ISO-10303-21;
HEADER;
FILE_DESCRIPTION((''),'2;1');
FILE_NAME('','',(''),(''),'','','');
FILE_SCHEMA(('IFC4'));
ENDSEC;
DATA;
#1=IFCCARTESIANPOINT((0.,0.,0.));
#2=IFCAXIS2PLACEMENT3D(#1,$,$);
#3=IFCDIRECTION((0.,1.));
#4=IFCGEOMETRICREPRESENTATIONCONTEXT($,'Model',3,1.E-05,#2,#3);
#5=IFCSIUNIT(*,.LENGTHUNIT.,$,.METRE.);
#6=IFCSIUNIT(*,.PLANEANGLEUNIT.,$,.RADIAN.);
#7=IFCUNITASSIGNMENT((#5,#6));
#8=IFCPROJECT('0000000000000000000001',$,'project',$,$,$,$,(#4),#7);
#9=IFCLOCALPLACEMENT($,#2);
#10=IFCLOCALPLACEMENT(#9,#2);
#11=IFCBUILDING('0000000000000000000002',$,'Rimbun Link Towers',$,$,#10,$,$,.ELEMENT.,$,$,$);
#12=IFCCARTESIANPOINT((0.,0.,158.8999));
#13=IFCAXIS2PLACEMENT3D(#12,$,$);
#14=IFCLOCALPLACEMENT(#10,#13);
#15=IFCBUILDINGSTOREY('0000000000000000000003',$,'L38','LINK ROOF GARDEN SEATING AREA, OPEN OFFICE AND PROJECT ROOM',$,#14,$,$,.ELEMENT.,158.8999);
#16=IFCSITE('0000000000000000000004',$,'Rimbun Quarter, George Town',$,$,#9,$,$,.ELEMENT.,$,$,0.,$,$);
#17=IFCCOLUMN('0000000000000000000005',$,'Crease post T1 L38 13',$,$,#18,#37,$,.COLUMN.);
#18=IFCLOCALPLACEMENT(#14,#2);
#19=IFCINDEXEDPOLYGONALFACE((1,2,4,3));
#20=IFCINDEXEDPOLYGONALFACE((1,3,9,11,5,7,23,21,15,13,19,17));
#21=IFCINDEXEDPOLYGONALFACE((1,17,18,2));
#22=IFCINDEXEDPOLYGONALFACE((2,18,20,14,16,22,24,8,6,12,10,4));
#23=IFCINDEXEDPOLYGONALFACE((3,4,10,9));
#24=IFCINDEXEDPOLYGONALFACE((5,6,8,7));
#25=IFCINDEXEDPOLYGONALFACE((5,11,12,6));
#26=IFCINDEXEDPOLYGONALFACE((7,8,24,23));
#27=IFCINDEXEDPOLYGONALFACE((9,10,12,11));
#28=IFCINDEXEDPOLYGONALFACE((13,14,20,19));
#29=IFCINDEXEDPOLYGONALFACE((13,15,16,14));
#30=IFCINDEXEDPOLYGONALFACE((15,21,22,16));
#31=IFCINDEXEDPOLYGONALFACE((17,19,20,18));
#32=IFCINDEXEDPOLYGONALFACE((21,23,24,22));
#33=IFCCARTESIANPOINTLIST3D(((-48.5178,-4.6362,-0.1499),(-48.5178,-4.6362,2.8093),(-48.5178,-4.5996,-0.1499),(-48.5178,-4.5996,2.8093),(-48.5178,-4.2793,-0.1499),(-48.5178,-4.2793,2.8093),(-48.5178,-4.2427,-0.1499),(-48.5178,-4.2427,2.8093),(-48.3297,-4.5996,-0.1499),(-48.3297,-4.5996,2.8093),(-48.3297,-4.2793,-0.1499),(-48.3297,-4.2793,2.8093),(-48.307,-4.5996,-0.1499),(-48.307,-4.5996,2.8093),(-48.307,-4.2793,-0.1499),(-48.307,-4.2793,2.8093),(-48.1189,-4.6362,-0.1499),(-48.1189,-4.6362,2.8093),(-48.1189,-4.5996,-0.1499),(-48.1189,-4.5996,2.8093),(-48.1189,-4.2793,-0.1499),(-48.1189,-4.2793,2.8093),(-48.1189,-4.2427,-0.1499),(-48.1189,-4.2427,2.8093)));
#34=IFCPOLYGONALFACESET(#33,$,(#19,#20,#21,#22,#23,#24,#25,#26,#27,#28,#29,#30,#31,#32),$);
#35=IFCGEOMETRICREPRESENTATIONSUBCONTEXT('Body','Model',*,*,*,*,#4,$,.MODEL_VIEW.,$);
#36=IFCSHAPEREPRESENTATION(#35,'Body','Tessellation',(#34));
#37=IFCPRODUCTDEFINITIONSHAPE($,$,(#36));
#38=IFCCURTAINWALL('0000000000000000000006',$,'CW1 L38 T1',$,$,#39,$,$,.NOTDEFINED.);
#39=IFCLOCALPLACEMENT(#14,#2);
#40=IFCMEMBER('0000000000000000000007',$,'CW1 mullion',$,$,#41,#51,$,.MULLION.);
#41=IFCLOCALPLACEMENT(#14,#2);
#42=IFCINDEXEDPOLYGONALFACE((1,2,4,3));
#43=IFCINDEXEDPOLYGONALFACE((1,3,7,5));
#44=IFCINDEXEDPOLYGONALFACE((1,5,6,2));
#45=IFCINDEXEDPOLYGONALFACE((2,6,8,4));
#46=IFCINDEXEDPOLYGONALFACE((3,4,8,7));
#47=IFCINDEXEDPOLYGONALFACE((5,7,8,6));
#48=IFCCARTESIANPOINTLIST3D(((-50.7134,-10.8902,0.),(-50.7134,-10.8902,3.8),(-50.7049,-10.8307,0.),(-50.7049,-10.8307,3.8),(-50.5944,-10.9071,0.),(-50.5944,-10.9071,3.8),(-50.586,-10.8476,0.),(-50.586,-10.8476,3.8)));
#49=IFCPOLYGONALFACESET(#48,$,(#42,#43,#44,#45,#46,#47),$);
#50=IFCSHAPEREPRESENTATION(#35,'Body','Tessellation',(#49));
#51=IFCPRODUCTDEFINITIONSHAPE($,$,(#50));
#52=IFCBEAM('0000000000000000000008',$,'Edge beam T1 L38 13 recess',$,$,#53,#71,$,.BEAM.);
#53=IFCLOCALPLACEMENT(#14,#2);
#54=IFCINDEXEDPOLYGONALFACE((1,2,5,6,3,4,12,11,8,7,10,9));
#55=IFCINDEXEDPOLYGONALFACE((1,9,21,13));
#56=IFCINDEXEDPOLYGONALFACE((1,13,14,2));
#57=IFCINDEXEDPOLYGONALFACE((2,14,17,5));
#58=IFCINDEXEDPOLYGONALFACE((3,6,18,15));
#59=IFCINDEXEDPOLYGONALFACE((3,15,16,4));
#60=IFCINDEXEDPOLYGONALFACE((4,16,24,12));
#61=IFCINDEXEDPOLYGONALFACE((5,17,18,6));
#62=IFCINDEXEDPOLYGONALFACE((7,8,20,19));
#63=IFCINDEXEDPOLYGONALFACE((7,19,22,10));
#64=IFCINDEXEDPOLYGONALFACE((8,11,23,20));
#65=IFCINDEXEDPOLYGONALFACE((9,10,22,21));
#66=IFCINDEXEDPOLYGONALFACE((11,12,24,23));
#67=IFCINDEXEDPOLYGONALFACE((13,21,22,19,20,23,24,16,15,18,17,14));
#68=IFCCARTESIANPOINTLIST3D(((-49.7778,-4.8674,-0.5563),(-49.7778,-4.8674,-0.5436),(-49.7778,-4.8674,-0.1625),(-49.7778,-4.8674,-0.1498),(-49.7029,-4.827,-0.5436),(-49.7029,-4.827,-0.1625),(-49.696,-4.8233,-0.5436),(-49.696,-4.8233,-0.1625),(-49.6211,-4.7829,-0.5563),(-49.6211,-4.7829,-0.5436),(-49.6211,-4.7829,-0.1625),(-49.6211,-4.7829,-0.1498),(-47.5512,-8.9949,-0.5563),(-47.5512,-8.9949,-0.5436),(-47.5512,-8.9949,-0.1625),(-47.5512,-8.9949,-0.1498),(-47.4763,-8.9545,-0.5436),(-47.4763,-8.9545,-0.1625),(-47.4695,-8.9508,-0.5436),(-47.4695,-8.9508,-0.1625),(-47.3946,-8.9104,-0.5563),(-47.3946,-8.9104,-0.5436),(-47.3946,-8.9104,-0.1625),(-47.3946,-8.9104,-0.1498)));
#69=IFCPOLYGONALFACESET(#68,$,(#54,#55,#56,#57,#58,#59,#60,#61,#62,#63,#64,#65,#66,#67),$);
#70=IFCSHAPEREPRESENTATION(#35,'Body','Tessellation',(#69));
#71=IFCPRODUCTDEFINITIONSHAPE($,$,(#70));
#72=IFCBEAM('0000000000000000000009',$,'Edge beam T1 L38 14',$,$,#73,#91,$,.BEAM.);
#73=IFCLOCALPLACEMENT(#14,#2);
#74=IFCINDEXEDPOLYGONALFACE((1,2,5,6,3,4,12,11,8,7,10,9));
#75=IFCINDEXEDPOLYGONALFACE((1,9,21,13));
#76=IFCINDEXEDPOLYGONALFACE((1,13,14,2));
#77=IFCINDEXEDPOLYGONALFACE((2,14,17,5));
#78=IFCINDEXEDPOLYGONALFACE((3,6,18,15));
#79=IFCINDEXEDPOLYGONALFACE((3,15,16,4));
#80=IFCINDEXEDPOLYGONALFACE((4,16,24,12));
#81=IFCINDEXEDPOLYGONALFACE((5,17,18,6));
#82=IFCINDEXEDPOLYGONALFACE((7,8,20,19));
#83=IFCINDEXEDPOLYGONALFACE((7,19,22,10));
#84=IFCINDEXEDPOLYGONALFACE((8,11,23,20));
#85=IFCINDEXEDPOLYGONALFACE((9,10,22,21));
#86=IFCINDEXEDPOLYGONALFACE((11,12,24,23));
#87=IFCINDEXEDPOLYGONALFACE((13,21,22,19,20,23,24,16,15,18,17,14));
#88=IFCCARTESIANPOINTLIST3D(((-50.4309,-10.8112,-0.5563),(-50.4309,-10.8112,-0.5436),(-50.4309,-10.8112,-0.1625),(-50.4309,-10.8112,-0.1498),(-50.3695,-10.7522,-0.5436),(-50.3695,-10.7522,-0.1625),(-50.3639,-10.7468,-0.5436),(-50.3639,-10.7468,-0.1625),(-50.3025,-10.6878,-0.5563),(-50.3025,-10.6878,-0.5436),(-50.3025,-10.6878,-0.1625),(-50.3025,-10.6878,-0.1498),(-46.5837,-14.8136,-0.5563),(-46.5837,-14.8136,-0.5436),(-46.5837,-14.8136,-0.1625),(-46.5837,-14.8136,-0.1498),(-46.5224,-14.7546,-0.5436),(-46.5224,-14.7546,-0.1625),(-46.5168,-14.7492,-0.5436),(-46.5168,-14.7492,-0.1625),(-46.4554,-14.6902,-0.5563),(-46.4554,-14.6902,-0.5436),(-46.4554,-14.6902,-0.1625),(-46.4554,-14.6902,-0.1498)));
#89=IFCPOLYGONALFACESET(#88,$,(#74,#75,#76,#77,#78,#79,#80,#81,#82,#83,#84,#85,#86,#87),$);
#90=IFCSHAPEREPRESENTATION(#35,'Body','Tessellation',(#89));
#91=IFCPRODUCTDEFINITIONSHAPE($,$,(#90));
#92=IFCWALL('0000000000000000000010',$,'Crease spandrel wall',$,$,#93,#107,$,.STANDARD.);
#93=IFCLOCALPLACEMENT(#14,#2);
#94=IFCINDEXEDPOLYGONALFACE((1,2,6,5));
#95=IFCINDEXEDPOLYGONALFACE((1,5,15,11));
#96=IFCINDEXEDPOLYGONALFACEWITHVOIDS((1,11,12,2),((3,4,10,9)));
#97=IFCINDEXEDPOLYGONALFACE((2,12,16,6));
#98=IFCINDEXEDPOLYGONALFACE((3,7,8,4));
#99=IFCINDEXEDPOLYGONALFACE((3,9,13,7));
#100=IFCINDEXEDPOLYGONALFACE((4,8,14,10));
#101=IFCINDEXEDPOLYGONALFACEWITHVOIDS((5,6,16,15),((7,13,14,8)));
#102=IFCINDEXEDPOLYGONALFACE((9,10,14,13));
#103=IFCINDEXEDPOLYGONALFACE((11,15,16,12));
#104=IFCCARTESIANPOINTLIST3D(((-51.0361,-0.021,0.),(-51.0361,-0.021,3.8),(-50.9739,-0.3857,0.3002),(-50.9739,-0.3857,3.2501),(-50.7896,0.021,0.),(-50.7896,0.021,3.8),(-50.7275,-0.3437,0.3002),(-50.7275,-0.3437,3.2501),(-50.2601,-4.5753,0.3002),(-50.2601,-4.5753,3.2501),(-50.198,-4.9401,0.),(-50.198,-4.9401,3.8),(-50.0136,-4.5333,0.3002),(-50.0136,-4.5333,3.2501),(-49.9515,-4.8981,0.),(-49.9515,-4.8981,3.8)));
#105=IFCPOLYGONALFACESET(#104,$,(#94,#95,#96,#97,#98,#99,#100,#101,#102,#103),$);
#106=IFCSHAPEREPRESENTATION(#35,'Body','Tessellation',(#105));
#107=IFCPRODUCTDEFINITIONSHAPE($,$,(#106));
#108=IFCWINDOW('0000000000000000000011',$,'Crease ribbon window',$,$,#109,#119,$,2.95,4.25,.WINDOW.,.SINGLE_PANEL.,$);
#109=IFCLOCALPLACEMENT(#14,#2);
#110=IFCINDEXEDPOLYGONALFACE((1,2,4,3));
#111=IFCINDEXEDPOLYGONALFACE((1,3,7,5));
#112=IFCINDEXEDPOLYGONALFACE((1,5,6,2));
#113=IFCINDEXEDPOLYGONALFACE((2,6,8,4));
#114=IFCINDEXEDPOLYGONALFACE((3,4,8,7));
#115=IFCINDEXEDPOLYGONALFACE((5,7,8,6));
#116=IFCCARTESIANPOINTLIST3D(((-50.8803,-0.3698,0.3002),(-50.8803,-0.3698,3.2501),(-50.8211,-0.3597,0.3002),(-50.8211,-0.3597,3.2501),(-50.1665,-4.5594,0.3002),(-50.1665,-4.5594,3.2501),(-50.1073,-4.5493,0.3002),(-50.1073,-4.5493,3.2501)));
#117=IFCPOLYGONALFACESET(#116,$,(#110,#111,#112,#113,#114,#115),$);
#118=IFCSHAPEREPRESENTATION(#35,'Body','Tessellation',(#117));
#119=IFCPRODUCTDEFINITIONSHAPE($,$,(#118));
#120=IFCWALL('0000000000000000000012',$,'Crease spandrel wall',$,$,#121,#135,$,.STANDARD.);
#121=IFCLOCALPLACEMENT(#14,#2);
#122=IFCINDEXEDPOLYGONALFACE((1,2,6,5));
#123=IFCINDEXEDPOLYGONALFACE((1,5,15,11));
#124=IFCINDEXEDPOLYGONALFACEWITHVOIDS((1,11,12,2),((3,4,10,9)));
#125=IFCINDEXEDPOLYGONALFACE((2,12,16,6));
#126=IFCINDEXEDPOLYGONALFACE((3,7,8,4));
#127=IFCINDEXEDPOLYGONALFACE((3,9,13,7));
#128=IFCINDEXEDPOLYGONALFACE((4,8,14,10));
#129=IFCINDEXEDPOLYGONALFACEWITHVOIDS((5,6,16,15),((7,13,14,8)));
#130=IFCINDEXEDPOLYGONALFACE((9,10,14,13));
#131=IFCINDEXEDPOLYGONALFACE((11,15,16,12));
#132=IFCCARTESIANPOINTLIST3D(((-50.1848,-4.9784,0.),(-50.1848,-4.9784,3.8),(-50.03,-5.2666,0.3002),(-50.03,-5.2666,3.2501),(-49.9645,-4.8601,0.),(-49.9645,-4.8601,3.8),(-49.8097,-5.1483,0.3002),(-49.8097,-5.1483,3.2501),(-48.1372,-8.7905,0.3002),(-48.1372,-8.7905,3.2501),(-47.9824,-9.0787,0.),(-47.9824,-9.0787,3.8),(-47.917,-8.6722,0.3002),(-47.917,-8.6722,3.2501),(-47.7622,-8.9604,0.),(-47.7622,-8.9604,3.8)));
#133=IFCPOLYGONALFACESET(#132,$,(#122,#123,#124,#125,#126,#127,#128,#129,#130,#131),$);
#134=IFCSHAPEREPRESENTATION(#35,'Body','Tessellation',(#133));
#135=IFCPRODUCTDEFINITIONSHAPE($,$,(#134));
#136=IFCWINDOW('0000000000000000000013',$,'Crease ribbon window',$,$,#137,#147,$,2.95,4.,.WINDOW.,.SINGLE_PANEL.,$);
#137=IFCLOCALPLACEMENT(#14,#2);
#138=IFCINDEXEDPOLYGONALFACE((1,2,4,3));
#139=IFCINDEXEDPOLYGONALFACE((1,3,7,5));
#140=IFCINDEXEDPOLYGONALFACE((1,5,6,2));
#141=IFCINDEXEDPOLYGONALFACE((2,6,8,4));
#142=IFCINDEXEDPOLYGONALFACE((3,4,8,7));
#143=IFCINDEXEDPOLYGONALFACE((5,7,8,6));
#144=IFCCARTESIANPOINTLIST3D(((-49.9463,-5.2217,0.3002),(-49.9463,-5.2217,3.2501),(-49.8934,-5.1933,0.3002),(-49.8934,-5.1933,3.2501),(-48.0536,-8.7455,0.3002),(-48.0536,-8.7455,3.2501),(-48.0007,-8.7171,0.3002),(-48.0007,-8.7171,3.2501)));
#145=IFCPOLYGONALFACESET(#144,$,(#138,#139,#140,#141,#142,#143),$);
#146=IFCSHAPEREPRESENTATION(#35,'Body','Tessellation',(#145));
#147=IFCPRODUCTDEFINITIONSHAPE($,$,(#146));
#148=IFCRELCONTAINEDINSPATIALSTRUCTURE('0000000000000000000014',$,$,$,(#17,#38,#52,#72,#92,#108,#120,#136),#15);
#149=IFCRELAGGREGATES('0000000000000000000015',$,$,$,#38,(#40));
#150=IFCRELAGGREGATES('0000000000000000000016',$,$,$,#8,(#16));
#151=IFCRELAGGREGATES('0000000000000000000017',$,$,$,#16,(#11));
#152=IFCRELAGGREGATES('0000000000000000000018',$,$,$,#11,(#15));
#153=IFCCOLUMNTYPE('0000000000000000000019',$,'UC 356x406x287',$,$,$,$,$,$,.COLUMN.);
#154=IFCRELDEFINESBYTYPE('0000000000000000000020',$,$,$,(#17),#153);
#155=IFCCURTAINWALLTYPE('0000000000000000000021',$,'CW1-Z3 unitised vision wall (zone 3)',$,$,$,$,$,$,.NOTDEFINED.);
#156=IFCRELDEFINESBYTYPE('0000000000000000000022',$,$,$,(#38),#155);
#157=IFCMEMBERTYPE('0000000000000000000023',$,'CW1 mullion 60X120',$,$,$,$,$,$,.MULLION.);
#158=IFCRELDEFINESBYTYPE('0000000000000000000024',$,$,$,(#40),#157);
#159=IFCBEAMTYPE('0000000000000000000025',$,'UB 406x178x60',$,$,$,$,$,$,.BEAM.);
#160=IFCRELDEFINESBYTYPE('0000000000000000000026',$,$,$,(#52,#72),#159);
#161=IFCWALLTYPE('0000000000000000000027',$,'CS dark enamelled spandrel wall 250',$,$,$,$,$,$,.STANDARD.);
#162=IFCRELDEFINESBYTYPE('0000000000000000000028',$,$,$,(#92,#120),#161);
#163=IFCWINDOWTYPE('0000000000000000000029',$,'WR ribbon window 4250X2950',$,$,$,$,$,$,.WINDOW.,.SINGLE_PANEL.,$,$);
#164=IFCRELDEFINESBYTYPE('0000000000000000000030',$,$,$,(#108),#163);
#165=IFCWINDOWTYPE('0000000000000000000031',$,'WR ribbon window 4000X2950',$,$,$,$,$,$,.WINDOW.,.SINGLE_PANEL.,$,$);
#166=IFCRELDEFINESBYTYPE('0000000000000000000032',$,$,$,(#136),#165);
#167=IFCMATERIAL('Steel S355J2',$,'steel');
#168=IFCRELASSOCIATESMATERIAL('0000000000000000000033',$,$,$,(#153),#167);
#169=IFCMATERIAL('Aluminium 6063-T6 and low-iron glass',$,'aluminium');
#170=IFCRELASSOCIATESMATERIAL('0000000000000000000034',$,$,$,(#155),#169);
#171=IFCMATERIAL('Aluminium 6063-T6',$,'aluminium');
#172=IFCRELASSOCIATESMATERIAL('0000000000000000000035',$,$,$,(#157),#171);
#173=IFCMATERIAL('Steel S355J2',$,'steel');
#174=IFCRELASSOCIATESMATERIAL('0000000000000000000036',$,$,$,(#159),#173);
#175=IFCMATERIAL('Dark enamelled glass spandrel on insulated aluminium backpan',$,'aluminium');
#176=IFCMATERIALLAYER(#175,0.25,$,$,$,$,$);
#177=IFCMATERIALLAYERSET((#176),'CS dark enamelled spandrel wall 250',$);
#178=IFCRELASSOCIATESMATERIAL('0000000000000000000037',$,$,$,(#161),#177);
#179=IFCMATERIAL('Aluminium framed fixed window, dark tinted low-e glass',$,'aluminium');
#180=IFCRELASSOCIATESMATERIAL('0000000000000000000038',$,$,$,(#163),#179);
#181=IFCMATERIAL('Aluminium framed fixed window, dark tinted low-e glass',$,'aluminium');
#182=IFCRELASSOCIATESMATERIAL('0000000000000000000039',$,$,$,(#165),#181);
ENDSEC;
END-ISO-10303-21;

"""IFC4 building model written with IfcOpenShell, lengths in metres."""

from ifc_helpers import new_model, si_unit, direction, frame, frame_2d, origin, origin_2d, place, context, subcontext, project, spatial, rectangle, i_section, extrude, material, layer, layer_set, material_profile, profile_set, type_object, element, fill, aggregate, save


model = new_model("IFC4")

# Units and contexts
model_context = context("Model", 3, precision=1e-05, world=origin(), true_north=direction((0.0, 1.0)))
body_context = subcontext(model_context, "Body", "Model", "MODEL_VIEW")
ifc_project = project(units=[si_unit("LENGTHUNIT", "METRE"), si_unit("PLANEANGLEUNIT", "RADIAN")], contexts=[model_context])

# Site, building, storey
site_placement = place(None, origin())
site = spatial("IfcSite", under=ifc_project, at=site_placement, Name="Rimbun Quarter, George Town", CompositionType="ELEMENT", RefElevation=0.0)
building_placement = place(site_placement, origin())
building = spatial("IfcBuilding", under=site, at=building_placement, Name="Rimbun Link Towers", CompositionType="ELEMENT")
storey_placement = place(building_placement, frame((0.0, 0.0, 158.8999)))
storey = spatial("IfcBuildingStorey", under=building, at=storey_placement, Name="L38", Description="LINK ROOF GARDEN SEATING AREA, OPEN OFFICE AND PROJECT ROOM", CompositionType="ELEMENT", Elevation=158.8999)

# Column
ifc_material_1 = material(Name="Steel S355J2", Category="steel")
ifc_material_profile_1 = material_profile(ifc_material_1, i_section(OverallWidth=0.3989, OverallDepth=0.3936, WebThickness=0.0227, FlangeThickness=0.0366, at=origin_2d()), Name="UC 356x406x287")
ifc_profile_set_1 = profile_set([ifc_material_profile_1], Name="Steel S355J2")
column_type = type_object("IfcColumnType", Name="UC 356x406x287", PredefinedType="COLUMN", material=ifc_profile_set_1)
column_placement = place(storey_placement, frame((-48.3184, -4.4395, -0.1499), z_axis=(0.0, 0.0, 1.0), x_axis=(1.0, 0.0, 0.0)))
element("IfcColumn", 1, at=column_placement, inside=storey, type_object=column_type, Name="Crease post T1 L38 13", PredefinedType="COLUMN", context=body_context, shape_type="SweptSolid", body=[
    extrude(i_section(OverallWidth=0.3989, OverallDepth=0.3936, WebThickness=0.0227, FlangeThickness=0.0366, at=origin_2d()), origin(), (0.0, 0.0, 1.0), 2.9592),
])

# Curtain wall, member
ifc_material_2 = material(Name="Aluminium 6063-T6 and low-iron glass", Category="aluminium")
curtain_wall_type = type_object("IfcCurtainWallType", Name="CW1-Z3 unitised vision wall (zone 3)", PredefinedType="NOTDEFINED", material=ifc_material_2)
curtain_wall_placement = place(storey_placement, origin())
curtain_wall = element("IfcCurtainWall", 2, at=curtain_wall_placement, inside=storey, type_object=curtain_wall_type, Name="CW1 L38 T1", PredefinedType="NOTDEFINED")
ifc_material_3 = material(Name="Aluminium 6063-T6", Category="aluminium")
ifc_material_profile_2 = material_profile(ifc_material_3, rectangle(XDim=0.1201, YDim=0.0601, at=origin_2d()), Name="MULLION 60X120")
ifc_profile_set_2 = profile_set([ifc_material_profile_2], Name="Aluminium 6063-T6")
member_type = type_object("IfcMemberType", Name="CW1 mullion 60X120", PredefinedType="MULLION", material=ifc_profile_set_2)
member_placement = place(storey_placement, frame((-50.6497, -10.8689, 0.0), z_axis=(0.0, 0.0, 1.0), x_axis=(-0.990015, 0.140965, 0.0)))
member = element("IfcMember", 3, at=member_placement, type_object=member_type, Name="CW1 mullion", PredefinedType="MULLION", context=body_context, shape_type="SweptSolid", body=[
    extrude(rectangle(XDim=0.1201, YDim=0.0601, at=origin_2d()), origin(), (0.0, 0.0, 1.0), 3.8),
])
aggregate(curtain_wall, [member])

# Beams
ifc_material_4 = material(Name="Steel S355J2", Category="steel")
ifc_material_profile_3 = material_profile(ifc_material_4, i_section(OverallWidth=0.178, OverallDepth=0.4065, WebThickness=0.0078, FlangeThickness=0.0127, at=origin_2d()), Name="UB 406x178x60")
ifc_profile_set_3 = profile_set([ifc_material_profile_3], Name="Steel S355J2")
beam_type = type_object("IfcBeamType", Name="UB 406x178x60", PredefinedType="BEAM", material=ifc_profile_set_3)
beam_1_placement = place(storey_placement, frame((-49.6995, -4.8252, -0.353), z_axis=(0.474776, -0.880106, 0.0), x_axis=(0.880106, 0.474776, 0.0)))
element("IfcBeam", 4, at=beam_1_placement, inside=storey, type_object=beam_type, Name="Edge beam T1 L38 13 recess", PredefinedType="BEAM", context=body_context, shape_type="SweptSolid", body=[
    extrude(i_section(OverallWidth=0.178, OverallDepth=0.4065, WebThickness=0.0078, FlangeThickness=0.0127, at=origin_2d()), origin(), (0.0, 0.0, 1.0), 4.6897),
])
beam_2_placement = place(storey_placement, frame((-50.3667, -10.7495, -0.353), z_axis=(0.692984, -0.720953, 0.0), x_axis=(0.720953, 0.692984, 0.0)))
element("IfcBeam", 5, at=beam_2_placement, inside=storey, type_object=beam_type, Name="Edge beam T1 L38 14", PredefinedType="BEAM", context=body_context, shape_type="SweptSolid", body=[
    extrude(i_section(OverallWidth=0.178, OverallDepth=0.4065, WebThickness=0.0078, FlangeThickness=0.0127, at=origin_2d()), origin(), (0.0, 0.0, 1.0), 5.5515),
])

# Walls, openings, windows
ifc_material_5 = material(Name="Dark enamelled glass spandrel on insulated aluminium backpan", Category="aluminium")
ifc_layer_1 = layer(ifc_material_5, 0.25)
ifc_layer_set_1 = layer_set([ifc_layer_1], Name="CS dark enamelled spandrel wall 250")
wall_type_1 = type_object("IfcWallType", Name="CS dark enamelled spandrel wall 250", PredefinedType="STANDARD", material=ifc_layer_set_1)
wall_1_placement = place(storey_placement, frame((-50.0747, -4.9192, 0.0), z_axis=(0.0, 0.0, 1.0), x_axis=(-0.16796, 0.985794, 0.0)))
wall_1 = element("IfcWall", 6, at=wall_1_placement, inside=storey, type_object=wall_type_1, Name="Crease spandrel wall", PredefinedType="STANDARD", context=body_context, shape_type="SweptSolid", body=[
    extrude(rectangle(XDim=4.99, YDim=0.25, at=frame_2d((2.4951, 0.0))), origin(), (0.0, 0.0, 1.0), 3.8),
])
opening_1_placement = place(wall_1_placement, frame((0.3701, 0.0, 0.3)))
opening_1 = element("IfcOpeningElement", 7, at=opening_1_placement, cuts=wall_1, PredefinedType="OPENING", context=body_context, shape_type="SweptSolid", body=[
    extrude(rectangle(XDim=4.25, YDim=2.95, at=frame_2d((2.125, 1.4751))), frame((0.0, 0.135, 0.0), z_axis=(0.0, -1.0, 0.0), x_axis=(1.0, 0.0, 0.0)), (0.0, 0.0, 1.0), 0.27),
])
ifc_material_6 = material(Name="Aluminium framed fixed window, dark tinted low-e glass", Category="aluminium")
window_type_1 = type_object("IfcWindowType", Name="WR ribbon window 4250X2950", PartitioningType="SINGLE_PANEL", PredefinedType="WINDOW", material=ifc_material_6)
window_1_placement = place(opening_1_placement, origin())
window_1 = element("IfcWindow", 8, at=window_1_placement, inside=storey, type_object=window_type_1, Name="Crease ribbon window", OverallHeight=2.95, OverallWidth=4.25, PartitioningType="SINGLE_PANEL", PredefinedType="WINDOW", context=body_context, shape_type="SweptSolid", body=[
    extrude(rectangle(XDim=4.25, YDim=2.95, at=frame_2d((2.125, 1.4751))), frame((0.0, 0.03, 0.0), z_axis=(0.0, -1.0, 0.0), x_axis=(1.0, 0.0, 0.0)), (0.0, 0.0, 1.0), 0.0601),
])
fill(opening_1, window_1)
wall_2_placement = place(storey_placement, frame((-47.8723, -9.0195, 0.0), z_axis=(0.0, 0.0, 1.0), x_axis=(-0.473186, 0.880962, 0.0)))
wall_2 = element("IfcWall", 9, at=wall_2_placement, inside=storey, type_object=wall_type_1, Name="Crease spandrel wall", PredefinedType="STANDARD", context=body_context, shape_type="SweptSolid", body=[
    extrude(rectangle(XDim=4.6543, YDim=0.25, at=frame_2d((2.3271, 0.0))), origin(), (0.0, 0.0, 1.0), 3.8),
])
opening_2_placement = place(wall_2_placement, frame((0.3271, 0.0, 0.3)))
opening_2 = element("IfcOpeningElement", 10, at=opening_2_placement, cuts=wall_2, PredefinedType="OPENING", context=body_context, shape_type="SweptSolid", body=[
    extrude(rectangle(XDim=4.0, YDim=2.95, at=frame_2d((2.0, 1.4751))), frame((0.0, 0.135, 0.0), z_axis=(0.0, -1.0, 0.0), x_axis=(1.0, 0.0, 0.0)), (0.0, 0.0, 1.0), 0.27),
])
ifc_material_7 = material(Name="Aluminium framed fixed window, dark tinted low-e glass", Category="aluminium")
window_type_2 = type_object("IfcWindowType", Name="WR ribbon window 4000X2950", PartitioningType="SINGLE_PANEL", PredefinedType="WINDOW", material=ifc_material_7)
window_2_placement = place(opening_2_placement, origin())
window_2 = element("IfcWindow", 11, at=window_2_placement, inside=storey, type_object=window_type_2, Name="Crease ribbon window", OverallHeight=2.95, OverallWidth=4.0, PartitioningType="SINGLE_PANEL", PredefinedType="WINDOW", context=body_context, shape_type="SweptSolid", body=[
    extrude(rectangle(XDim=4.0, YDim=2.95, at=frame_2d((2.0, 1.4751))), frame((0.0, 0.03, 0.0), z_axis=(0.0, -1.0, 0.0), x_axis=(1.0, 0.0, 0.0)), (0.0, 0.0, 1.0), 0.0601),
])
fill(opening_2, window_2)

save(model, "model.ifc")
